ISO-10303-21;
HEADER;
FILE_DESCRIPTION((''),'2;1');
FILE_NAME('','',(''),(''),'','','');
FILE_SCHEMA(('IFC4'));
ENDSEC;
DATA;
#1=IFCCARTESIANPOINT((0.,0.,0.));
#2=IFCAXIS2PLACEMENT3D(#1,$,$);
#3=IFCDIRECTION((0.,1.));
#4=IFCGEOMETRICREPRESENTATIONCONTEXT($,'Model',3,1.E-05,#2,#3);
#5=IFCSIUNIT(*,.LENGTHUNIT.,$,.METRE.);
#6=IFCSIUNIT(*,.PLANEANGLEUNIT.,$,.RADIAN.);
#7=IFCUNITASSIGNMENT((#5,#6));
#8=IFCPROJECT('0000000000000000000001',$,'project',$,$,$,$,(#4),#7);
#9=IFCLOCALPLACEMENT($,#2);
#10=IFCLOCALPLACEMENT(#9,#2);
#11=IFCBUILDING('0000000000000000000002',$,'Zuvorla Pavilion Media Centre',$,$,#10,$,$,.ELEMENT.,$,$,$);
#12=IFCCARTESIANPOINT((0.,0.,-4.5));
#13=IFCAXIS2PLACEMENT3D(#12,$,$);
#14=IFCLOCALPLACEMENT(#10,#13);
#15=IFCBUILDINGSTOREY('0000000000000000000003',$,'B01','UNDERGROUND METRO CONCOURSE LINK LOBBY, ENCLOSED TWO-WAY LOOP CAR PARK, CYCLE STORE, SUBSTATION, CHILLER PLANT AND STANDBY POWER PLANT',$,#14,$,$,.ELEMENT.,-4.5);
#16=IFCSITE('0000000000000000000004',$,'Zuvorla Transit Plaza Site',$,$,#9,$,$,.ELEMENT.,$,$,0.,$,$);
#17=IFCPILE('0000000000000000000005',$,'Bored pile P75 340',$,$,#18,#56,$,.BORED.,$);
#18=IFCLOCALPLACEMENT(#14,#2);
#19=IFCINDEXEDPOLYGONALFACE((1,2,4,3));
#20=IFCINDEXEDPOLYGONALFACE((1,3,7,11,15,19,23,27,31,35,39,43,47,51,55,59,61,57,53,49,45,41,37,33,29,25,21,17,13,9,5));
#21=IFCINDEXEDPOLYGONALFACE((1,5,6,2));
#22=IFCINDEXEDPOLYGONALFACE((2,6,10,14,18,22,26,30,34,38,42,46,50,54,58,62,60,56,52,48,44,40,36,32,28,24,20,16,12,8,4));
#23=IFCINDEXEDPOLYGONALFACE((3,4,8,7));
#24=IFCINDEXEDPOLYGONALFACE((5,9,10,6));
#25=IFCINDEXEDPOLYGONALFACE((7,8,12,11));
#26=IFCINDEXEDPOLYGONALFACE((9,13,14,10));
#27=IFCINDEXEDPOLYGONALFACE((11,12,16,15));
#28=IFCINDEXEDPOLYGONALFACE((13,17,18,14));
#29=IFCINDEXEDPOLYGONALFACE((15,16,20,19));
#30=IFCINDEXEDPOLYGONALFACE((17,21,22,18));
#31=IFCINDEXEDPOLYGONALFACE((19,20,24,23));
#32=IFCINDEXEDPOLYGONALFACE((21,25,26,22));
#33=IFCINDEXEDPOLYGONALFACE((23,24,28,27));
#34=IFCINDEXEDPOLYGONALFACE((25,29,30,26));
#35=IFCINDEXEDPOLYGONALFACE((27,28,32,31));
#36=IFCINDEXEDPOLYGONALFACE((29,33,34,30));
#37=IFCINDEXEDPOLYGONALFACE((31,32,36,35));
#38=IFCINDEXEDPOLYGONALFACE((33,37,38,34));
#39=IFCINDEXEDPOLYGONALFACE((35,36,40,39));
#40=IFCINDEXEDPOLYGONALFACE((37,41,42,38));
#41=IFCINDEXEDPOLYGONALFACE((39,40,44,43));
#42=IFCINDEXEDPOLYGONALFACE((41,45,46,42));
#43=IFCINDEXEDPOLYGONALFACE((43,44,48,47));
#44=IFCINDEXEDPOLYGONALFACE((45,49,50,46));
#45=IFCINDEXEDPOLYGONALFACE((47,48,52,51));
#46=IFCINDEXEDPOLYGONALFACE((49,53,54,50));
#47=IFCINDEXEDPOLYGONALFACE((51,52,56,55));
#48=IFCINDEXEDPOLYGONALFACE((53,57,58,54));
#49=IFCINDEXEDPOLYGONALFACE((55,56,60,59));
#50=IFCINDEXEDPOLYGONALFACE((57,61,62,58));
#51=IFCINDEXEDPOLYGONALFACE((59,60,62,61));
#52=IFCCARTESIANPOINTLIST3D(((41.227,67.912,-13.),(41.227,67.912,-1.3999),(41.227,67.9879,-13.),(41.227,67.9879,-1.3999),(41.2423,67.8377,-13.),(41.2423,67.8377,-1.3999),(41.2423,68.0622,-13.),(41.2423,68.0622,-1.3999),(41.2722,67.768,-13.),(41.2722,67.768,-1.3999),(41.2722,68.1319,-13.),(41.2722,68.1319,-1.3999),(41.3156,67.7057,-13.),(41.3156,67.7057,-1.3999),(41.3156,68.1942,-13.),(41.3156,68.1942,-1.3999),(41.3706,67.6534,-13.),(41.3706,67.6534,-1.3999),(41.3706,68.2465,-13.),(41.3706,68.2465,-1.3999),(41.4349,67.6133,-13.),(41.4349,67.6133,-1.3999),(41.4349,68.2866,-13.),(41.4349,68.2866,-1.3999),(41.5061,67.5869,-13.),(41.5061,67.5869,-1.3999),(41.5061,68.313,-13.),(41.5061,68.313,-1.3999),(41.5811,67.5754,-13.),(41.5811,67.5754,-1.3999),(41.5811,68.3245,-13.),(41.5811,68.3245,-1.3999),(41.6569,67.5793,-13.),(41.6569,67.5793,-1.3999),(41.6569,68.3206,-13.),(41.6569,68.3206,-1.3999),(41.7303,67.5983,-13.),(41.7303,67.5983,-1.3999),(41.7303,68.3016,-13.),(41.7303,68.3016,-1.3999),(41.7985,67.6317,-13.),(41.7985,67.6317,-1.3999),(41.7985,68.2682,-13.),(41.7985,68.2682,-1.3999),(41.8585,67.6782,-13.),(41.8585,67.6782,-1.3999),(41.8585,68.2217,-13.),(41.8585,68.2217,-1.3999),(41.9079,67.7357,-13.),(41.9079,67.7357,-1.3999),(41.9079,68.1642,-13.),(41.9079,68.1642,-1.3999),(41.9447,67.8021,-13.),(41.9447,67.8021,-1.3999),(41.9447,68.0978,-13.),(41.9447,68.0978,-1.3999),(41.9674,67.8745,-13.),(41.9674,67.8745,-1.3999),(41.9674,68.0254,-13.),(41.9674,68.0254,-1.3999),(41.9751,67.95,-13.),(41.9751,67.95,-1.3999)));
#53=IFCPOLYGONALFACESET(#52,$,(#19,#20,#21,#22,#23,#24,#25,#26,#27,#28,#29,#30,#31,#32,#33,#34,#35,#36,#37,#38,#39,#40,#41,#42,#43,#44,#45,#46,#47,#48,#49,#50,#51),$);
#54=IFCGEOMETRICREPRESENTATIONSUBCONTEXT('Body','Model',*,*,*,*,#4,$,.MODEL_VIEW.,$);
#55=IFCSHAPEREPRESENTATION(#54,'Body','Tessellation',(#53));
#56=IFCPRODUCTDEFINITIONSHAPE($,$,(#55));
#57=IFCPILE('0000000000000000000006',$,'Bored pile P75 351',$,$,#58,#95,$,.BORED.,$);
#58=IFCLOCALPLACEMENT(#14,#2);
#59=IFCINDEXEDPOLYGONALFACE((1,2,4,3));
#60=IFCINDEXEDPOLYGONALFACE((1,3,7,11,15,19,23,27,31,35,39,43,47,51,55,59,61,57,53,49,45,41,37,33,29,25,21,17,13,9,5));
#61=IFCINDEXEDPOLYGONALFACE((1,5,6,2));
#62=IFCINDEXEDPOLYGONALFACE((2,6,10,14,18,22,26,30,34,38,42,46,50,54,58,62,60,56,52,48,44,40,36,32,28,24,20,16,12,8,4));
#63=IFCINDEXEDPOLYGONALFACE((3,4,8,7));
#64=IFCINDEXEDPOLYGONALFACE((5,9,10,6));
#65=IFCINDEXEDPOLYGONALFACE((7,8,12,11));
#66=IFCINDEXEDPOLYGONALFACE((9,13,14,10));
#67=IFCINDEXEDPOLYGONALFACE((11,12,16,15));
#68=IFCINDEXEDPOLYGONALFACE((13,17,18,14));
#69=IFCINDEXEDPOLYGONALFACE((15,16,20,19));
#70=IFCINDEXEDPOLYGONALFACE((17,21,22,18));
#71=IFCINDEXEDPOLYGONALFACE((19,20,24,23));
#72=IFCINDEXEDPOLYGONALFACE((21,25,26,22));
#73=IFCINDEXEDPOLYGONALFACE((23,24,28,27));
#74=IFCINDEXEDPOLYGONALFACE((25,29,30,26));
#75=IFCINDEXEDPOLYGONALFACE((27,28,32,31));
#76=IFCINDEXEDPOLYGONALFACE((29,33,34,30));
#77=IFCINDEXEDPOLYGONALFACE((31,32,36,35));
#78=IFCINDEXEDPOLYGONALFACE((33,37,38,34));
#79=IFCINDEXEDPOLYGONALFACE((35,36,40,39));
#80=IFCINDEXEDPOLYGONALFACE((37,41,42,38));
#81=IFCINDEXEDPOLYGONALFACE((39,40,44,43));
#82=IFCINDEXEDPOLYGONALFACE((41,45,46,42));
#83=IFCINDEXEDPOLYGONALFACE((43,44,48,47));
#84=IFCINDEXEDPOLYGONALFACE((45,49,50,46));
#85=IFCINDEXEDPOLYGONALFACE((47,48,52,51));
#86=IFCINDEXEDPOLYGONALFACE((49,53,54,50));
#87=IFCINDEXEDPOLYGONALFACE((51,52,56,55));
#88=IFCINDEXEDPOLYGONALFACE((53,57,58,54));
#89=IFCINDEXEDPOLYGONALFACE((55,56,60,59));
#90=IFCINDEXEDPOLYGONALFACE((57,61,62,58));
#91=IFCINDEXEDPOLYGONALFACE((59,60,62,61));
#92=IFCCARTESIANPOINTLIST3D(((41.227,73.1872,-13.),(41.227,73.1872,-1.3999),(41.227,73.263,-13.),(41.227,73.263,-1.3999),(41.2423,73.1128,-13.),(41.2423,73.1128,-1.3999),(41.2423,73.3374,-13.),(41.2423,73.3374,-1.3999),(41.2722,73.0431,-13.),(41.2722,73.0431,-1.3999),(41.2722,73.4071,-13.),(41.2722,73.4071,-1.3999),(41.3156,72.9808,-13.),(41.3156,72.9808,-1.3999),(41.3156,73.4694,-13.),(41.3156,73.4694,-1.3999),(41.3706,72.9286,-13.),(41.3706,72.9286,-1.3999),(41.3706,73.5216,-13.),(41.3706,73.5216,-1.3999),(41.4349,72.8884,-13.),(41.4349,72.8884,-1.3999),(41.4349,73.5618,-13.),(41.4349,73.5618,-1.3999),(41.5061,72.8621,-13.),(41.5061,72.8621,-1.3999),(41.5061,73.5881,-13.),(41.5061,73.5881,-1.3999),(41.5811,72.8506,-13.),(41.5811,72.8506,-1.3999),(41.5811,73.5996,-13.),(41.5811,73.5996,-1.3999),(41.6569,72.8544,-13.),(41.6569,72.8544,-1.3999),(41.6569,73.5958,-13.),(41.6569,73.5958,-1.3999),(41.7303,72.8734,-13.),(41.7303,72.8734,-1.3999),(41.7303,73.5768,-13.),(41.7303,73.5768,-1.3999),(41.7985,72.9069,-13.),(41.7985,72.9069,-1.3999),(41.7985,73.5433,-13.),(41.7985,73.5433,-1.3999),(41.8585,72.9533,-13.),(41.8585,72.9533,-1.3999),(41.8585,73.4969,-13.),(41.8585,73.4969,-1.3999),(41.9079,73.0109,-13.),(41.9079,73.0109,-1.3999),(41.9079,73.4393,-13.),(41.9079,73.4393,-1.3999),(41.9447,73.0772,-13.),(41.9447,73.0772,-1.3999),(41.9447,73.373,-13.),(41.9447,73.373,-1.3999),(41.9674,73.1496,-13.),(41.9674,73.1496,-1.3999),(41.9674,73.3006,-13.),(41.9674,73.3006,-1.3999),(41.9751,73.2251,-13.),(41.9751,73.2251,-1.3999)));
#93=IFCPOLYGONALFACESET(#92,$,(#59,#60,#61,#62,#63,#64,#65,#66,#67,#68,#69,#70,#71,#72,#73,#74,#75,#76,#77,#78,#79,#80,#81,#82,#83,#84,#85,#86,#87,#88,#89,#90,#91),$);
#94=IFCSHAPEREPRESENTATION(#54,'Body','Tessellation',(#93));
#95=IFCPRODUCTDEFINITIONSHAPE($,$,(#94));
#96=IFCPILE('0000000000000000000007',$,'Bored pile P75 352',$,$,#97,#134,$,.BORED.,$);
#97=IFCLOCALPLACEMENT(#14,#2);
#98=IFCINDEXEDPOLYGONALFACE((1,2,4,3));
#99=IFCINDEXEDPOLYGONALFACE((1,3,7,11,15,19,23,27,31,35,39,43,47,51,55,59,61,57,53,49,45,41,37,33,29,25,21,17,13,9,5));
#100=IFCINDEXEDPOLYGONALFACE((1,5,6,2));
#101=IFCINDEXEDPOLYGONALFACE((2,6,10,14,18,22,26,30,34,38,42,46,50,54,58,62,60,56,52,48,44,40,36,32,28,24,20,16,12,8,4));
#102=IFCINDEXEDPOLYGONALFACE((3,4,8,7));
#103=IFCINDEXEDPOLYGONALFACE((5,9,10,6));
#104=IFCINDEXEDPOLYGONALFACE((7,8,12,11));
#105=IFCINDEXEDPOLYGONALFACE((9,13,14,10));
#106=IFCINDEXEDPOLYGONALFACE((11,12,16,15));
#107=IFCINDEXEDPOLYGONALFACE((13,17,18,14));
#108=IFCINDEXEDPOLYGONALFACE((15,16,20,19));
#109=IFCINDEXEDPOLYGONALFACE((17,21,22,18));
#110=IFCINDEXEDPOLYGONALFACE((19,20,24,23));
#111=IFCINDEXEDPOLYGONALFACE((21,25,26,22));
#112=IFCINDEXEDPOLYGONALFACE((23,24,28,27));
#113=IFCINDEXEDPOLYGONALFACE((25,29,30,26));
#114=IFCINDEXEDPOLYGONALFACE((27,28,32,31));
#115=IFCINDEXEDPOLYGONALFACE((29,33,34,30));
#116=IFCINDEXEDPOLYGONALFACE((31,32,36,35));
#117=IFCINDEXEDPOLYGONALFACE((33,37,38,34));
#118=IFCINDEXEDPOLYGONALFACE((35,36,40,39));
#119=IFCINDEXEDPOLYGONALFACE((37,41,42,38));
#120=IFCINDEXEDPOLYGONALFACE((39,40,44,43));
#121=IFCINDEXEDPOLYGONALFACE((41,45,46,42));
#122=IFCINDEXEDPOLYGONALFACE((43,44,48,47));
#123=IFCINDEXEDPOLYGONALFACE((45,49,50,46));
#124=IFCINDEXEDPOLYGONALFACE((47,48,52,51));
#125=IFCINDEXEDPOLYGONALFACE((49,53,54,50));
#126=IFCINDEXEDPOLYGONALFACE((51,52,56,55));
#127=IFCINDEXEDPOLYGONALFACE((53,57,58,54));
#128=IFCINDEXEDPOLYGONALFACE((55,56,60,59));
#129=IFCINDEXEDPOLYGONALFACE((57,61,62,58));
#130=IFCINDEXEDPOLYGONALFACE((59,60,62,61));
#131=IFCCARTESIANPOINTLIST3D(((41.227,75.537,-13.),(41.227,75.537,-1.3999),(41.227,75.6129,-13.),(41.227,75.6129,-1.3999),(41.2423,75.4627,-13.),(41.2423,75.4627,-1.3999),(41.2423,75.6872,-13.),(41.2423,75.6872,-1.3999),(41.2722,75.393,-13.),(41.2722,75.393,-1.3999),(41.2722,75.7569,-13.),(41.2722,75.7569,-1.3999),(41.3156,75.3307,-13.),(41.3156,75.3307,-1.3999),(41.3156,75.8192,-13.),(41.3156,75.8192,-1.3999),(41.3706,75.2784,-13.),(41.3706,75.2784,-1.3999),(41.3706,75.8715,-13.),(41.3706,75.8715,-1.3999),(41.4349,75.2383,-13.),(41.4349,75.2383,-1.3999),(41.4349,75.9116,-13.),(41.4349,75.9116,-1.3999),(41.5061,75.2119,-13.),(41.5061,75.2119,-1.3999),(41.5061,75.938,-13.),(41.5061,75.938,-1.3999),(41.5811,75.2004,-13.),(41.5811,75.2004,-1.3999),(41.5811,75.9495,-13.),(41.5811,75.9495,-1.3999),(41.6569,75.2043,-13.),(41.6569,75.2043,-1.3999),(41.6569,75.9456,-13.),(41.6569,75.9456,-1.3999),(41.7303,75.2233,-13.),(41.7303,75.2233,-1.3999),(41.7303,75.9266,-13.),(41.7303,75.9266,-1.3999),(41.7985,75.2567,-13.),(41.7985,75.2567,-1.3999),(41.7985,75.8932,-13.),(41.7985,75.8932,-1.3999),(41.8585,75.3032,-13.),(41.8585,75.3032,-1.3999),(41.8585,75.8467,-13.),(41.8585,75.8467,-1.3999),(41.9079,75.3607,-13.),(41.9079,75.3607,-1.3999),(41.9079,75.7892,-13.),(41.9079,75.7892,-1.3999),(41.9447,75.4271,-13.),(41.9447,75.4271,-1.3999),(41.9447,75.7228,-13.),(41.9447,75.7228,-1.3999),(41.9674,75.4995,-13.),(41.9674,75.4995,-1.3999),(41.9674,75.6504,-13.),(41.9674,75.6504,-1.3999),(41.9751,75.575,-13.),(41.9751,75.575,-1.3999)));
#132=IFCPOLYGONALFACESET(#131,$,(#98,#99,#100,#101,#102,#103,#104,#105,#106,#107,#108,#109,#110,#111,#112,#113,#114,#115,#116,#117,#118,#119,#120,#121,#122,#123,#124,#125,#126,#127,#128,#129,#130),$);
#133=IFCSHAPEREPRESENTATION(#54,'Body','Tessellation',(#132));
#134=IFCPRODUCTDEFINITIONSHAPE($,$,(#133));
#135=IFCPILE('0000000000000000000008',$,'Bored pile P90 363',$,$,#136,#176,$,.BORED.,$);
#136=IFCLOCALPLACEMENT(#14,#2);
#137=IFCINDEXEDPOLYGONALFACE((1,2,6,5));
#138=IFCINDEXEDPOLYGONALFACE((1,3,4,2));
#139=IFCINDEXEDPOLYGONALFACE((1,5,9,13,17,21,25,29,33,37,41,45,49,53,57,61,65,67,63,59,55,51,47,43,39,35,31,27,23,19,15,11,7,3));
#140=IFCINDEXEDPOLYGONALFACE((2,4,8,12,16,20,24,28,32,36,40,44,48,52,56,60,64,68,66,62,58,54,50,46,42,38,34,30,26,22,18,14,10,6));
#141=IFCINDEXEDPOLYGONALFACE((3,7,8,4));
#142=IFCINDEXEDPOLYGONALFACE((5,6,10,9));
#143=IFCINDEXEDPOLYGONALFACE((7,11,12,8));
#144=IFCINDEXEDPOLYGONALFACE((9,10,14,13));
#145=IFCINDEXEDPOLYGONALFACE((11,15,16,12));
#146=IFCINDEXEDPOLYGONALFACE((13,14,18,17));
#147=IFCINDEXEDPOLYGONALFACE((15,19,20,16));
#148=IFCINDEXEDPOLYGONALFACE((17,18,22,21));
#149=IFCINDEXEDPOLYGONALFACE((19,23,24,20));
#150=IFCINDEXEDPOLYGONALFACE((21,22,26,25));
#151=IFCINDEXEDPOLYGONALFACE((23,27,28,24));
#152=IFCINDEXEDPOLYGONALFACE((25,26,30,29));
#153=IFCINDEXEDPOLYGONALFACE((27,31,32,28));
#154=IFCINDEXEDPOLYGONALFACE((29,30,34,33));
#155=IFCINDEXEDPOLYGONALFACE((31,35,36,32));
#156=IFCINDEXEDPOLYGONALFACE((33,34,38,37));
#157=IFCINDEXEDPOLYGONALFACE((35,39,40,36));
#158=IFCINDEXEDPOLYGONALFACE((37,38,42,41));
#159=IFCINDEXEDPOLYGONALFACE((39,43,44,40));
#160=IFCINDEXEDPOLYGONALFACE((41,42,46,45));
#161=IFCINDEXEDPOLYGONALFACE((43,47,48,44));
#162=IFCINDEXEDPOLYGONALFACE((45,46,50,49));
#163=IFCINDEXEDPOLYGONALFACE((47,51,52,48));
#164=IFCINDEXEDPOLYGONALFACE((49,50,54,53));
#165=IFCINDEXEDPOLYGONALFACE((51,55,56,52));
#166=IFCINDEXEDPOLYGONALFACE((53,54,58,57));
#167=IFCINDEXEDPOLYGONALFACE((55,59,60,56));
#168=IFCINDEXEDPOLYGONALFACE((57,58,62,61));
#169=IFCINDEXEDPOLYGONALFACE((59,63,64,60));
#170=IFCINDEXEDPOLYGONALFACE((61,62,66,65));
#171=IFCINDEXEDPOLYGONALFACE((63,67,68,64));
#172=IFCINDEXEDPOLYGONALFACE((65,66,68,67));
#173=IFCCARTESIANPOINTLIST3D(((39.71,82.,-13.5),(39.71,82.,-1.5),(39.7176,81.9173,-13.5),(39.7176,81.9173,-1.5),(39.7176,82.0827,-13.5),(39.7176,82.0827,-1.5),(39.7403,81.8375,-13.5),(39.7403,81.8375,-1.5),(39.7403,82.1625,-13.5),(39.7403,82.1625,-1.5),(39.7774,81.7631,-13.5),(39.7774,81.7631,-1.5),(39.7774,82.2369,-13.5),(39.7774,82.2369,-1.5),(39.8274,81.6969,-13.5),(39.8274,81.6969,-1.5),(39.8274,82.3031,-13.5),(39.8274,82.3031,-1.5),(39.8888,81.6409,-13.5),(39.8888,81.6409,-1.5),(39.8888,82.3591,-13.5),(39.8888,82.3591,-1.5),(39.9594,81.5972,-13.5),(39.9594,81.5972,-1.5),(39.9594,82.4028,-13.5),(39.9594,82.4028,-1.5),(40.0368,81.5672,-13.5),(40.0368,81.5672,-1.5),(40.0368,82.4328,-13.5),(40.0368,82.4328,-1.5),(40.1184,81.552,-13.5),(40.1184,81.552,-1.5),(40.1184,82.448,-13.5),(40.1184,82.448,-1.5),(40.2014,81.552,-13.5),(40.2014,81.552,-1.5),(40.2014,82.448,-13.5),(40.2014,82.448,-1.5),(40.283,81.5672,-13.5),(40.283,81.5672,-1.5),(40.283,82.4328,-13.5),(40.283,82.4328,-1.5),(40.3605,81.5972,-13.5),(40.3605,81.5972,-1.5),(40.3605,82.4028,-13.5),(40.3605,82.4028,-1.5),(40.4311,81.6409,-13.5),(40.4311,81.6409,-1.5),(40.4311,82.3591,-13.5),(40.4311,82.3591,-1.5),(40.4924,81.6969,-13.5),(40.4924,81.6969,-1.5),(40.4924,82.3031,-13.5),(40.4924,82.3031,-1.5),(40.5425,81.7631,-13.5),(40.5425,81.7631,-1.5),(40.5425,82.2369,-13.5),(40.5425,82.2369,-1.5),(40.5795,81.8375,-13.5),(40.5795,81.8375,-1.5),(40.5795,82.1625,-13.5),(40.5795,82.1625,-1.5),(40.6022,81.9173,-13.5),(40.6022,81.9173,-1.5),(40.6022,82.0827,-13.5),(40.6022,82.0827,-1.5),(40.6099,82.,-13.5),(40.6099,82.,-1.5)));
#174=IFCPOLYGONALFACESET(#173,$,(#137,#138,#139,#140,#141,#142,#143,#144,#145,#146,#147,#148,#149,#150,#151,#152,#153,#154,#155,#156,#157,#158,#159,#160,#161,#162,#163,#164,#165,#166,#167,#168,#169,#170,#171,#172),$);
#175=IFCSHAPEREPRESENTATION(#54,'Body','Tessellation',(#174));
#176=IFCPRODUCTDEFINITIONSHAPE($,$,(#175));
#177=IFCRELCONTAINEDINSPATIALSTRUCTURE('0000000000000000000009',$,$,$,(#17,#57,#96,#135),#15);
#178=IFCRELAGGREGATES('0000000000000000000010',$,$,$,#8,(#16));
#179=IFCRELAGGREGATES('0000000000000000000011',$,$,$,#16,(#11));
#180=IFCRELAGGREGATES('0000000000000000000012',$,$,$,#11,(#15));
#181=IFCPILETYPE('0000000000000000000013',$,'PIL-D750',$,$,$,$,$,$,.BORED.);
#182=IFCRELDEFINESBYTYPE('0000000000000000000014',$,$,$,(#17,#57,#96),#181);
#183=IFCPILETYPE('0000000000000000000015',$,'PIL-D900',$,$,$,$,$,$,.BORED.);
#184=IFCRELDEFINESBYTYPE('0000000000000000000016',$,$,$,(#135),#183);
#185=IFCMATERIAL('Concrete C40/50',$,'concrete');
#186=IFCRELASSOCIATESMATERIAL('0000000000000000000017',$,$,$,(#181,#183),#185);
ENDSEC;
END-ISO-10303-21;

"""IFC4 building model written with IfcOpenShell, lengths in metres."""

from ifc_helpers import new_model, si_unit, direction, frame, origin, origin_2d, place, context, subcontext, project, spatial, circle, extrude, material, material_profile, profile_set, type_object, element, save


model = new_model("IFC4")

# Units and contexts
model_context = context("Model", 3, precision=1e-05, world=origin(), true_north=direction((0.0, 1.0)))
body_context = subcontext(model_context, "Body", "Model", "MODEL_VIEW")
ifc_project = project(units=[si_unit("LENGTHUNIT", "METRE"), si_unit("PLANEANGLEUNIT", "RADIAN")], contexts=[model_context])

# Site, building, storey
site_placement = place(None, origin())
site = spatial("IfcSite", under=ifc_project, at=site_placement, Name="Zuvorla Transit Plaza Site", CompositionType="ELEMENT", RefElevation=0.0)
building_placement = place(site_placement, origin())
building = spatial("IfcBuilding", under=site, at=building_placement, Name="Zuvorla Pavilion Media Centre", CompositionType="ELEMENT")
storey_placement = place(building_placement, frame((0.0, 0.0, -4.5)))
storey = spatial("IfcBuildingStorey", under=building, at=storey_placement, Name="B01", Description="UNDERGROUND METRO CONCOURSE LINK LOBBY, ENCLOSED TWO-WAY LOOP CAR PARK, CYCLE STORE, SUBSTATION, CHILLER PLANT AND STANDBY POWER PLANT", CompositionType="ELEMENT", Elevation=-4.5)

# Shared definitions
ifc_material_1 = material(Name="Concrete C40/50", Category="concrete")

# Piles
ifc_material_profile_1 = material_profile(ifc_material_1, circle(Radius=0.375, at=origin_2d()), Name="BORED PILE 750")
ifc_profile_set_1 = profile_set([ifc_material_profile_1], Name="Concrete C40/50")
pile_type_1 = type_object("IfcPileType", Name="PIL-D750", PredefinedType="BORED", material=ifc_profile_set_1)
for number, where, z_axis, x_axis, name in (
    (1, (41.6001, 67.95, -1.3999), (0.0, 0.0, -1.0), (1.0, 0.0, 0.0), "Bored pile P75 340"),
    (2, (41.6001, 73.2251, -1.3999), (0.0, 0.0, -1.0), (1.0, 0.0, 0.0), "Bored pile P75 351"),
    (3, (41.6001, 75.575, -1.3999), (0.0, 0.0, -1.0), (1.0, 0.0, 0.0), "Bored pile P75 352"),
):
    element("IfcPile", number, at=place(storey_placement, frame(where, z_axis=z_axis, x_axis=x_axis)), inside=storey, type_object=pile_type_1, Name=name, PredefinedType="BORED", context=body_context, shape_type="SweptSolid", body=[
        extrude(circle(Radius=0.375, at=origin_2d()), origin(), (0.0, 0.0, 1.0), 11.6001),
    ])
ifc_material_profile_2 = material_profile(ifc_material_1, circle(Radius=0.45, at=origin_2d()), Name="BORED PILE 900")
ifc_profile_set_2 = profile_set([ifc_material_profile_2], Name="Concrete C40/50")
pile_type_2 = type_object("IfcPileType", Name="PIL-D900", PredefinedType="BORED", material=ifc_profile_set_2)
for number, where, z_axis, x_axis, name in (
    (4, (40.1599, 82.0, -1.5), (0.0, 0.0, -1.0), (1.0, 0.0, 0.0), "Bored pile P90 363"),
):
    element("IfcPile", number, at=place(storey_placement, frame(where, z_axis=z_axis, x_axis=x_axis)), inside=storey, type_object=pile_type_2, Name=name, PredefinedType="BORED", context=body_context, shape_type="SweptSolid", body=[
        extrude(circle(Radius=0.45, at=origin_2d()), origin(), (0.0, 0.0, 1.0), 12.0),
    ])

save(model, "model.ifc")
